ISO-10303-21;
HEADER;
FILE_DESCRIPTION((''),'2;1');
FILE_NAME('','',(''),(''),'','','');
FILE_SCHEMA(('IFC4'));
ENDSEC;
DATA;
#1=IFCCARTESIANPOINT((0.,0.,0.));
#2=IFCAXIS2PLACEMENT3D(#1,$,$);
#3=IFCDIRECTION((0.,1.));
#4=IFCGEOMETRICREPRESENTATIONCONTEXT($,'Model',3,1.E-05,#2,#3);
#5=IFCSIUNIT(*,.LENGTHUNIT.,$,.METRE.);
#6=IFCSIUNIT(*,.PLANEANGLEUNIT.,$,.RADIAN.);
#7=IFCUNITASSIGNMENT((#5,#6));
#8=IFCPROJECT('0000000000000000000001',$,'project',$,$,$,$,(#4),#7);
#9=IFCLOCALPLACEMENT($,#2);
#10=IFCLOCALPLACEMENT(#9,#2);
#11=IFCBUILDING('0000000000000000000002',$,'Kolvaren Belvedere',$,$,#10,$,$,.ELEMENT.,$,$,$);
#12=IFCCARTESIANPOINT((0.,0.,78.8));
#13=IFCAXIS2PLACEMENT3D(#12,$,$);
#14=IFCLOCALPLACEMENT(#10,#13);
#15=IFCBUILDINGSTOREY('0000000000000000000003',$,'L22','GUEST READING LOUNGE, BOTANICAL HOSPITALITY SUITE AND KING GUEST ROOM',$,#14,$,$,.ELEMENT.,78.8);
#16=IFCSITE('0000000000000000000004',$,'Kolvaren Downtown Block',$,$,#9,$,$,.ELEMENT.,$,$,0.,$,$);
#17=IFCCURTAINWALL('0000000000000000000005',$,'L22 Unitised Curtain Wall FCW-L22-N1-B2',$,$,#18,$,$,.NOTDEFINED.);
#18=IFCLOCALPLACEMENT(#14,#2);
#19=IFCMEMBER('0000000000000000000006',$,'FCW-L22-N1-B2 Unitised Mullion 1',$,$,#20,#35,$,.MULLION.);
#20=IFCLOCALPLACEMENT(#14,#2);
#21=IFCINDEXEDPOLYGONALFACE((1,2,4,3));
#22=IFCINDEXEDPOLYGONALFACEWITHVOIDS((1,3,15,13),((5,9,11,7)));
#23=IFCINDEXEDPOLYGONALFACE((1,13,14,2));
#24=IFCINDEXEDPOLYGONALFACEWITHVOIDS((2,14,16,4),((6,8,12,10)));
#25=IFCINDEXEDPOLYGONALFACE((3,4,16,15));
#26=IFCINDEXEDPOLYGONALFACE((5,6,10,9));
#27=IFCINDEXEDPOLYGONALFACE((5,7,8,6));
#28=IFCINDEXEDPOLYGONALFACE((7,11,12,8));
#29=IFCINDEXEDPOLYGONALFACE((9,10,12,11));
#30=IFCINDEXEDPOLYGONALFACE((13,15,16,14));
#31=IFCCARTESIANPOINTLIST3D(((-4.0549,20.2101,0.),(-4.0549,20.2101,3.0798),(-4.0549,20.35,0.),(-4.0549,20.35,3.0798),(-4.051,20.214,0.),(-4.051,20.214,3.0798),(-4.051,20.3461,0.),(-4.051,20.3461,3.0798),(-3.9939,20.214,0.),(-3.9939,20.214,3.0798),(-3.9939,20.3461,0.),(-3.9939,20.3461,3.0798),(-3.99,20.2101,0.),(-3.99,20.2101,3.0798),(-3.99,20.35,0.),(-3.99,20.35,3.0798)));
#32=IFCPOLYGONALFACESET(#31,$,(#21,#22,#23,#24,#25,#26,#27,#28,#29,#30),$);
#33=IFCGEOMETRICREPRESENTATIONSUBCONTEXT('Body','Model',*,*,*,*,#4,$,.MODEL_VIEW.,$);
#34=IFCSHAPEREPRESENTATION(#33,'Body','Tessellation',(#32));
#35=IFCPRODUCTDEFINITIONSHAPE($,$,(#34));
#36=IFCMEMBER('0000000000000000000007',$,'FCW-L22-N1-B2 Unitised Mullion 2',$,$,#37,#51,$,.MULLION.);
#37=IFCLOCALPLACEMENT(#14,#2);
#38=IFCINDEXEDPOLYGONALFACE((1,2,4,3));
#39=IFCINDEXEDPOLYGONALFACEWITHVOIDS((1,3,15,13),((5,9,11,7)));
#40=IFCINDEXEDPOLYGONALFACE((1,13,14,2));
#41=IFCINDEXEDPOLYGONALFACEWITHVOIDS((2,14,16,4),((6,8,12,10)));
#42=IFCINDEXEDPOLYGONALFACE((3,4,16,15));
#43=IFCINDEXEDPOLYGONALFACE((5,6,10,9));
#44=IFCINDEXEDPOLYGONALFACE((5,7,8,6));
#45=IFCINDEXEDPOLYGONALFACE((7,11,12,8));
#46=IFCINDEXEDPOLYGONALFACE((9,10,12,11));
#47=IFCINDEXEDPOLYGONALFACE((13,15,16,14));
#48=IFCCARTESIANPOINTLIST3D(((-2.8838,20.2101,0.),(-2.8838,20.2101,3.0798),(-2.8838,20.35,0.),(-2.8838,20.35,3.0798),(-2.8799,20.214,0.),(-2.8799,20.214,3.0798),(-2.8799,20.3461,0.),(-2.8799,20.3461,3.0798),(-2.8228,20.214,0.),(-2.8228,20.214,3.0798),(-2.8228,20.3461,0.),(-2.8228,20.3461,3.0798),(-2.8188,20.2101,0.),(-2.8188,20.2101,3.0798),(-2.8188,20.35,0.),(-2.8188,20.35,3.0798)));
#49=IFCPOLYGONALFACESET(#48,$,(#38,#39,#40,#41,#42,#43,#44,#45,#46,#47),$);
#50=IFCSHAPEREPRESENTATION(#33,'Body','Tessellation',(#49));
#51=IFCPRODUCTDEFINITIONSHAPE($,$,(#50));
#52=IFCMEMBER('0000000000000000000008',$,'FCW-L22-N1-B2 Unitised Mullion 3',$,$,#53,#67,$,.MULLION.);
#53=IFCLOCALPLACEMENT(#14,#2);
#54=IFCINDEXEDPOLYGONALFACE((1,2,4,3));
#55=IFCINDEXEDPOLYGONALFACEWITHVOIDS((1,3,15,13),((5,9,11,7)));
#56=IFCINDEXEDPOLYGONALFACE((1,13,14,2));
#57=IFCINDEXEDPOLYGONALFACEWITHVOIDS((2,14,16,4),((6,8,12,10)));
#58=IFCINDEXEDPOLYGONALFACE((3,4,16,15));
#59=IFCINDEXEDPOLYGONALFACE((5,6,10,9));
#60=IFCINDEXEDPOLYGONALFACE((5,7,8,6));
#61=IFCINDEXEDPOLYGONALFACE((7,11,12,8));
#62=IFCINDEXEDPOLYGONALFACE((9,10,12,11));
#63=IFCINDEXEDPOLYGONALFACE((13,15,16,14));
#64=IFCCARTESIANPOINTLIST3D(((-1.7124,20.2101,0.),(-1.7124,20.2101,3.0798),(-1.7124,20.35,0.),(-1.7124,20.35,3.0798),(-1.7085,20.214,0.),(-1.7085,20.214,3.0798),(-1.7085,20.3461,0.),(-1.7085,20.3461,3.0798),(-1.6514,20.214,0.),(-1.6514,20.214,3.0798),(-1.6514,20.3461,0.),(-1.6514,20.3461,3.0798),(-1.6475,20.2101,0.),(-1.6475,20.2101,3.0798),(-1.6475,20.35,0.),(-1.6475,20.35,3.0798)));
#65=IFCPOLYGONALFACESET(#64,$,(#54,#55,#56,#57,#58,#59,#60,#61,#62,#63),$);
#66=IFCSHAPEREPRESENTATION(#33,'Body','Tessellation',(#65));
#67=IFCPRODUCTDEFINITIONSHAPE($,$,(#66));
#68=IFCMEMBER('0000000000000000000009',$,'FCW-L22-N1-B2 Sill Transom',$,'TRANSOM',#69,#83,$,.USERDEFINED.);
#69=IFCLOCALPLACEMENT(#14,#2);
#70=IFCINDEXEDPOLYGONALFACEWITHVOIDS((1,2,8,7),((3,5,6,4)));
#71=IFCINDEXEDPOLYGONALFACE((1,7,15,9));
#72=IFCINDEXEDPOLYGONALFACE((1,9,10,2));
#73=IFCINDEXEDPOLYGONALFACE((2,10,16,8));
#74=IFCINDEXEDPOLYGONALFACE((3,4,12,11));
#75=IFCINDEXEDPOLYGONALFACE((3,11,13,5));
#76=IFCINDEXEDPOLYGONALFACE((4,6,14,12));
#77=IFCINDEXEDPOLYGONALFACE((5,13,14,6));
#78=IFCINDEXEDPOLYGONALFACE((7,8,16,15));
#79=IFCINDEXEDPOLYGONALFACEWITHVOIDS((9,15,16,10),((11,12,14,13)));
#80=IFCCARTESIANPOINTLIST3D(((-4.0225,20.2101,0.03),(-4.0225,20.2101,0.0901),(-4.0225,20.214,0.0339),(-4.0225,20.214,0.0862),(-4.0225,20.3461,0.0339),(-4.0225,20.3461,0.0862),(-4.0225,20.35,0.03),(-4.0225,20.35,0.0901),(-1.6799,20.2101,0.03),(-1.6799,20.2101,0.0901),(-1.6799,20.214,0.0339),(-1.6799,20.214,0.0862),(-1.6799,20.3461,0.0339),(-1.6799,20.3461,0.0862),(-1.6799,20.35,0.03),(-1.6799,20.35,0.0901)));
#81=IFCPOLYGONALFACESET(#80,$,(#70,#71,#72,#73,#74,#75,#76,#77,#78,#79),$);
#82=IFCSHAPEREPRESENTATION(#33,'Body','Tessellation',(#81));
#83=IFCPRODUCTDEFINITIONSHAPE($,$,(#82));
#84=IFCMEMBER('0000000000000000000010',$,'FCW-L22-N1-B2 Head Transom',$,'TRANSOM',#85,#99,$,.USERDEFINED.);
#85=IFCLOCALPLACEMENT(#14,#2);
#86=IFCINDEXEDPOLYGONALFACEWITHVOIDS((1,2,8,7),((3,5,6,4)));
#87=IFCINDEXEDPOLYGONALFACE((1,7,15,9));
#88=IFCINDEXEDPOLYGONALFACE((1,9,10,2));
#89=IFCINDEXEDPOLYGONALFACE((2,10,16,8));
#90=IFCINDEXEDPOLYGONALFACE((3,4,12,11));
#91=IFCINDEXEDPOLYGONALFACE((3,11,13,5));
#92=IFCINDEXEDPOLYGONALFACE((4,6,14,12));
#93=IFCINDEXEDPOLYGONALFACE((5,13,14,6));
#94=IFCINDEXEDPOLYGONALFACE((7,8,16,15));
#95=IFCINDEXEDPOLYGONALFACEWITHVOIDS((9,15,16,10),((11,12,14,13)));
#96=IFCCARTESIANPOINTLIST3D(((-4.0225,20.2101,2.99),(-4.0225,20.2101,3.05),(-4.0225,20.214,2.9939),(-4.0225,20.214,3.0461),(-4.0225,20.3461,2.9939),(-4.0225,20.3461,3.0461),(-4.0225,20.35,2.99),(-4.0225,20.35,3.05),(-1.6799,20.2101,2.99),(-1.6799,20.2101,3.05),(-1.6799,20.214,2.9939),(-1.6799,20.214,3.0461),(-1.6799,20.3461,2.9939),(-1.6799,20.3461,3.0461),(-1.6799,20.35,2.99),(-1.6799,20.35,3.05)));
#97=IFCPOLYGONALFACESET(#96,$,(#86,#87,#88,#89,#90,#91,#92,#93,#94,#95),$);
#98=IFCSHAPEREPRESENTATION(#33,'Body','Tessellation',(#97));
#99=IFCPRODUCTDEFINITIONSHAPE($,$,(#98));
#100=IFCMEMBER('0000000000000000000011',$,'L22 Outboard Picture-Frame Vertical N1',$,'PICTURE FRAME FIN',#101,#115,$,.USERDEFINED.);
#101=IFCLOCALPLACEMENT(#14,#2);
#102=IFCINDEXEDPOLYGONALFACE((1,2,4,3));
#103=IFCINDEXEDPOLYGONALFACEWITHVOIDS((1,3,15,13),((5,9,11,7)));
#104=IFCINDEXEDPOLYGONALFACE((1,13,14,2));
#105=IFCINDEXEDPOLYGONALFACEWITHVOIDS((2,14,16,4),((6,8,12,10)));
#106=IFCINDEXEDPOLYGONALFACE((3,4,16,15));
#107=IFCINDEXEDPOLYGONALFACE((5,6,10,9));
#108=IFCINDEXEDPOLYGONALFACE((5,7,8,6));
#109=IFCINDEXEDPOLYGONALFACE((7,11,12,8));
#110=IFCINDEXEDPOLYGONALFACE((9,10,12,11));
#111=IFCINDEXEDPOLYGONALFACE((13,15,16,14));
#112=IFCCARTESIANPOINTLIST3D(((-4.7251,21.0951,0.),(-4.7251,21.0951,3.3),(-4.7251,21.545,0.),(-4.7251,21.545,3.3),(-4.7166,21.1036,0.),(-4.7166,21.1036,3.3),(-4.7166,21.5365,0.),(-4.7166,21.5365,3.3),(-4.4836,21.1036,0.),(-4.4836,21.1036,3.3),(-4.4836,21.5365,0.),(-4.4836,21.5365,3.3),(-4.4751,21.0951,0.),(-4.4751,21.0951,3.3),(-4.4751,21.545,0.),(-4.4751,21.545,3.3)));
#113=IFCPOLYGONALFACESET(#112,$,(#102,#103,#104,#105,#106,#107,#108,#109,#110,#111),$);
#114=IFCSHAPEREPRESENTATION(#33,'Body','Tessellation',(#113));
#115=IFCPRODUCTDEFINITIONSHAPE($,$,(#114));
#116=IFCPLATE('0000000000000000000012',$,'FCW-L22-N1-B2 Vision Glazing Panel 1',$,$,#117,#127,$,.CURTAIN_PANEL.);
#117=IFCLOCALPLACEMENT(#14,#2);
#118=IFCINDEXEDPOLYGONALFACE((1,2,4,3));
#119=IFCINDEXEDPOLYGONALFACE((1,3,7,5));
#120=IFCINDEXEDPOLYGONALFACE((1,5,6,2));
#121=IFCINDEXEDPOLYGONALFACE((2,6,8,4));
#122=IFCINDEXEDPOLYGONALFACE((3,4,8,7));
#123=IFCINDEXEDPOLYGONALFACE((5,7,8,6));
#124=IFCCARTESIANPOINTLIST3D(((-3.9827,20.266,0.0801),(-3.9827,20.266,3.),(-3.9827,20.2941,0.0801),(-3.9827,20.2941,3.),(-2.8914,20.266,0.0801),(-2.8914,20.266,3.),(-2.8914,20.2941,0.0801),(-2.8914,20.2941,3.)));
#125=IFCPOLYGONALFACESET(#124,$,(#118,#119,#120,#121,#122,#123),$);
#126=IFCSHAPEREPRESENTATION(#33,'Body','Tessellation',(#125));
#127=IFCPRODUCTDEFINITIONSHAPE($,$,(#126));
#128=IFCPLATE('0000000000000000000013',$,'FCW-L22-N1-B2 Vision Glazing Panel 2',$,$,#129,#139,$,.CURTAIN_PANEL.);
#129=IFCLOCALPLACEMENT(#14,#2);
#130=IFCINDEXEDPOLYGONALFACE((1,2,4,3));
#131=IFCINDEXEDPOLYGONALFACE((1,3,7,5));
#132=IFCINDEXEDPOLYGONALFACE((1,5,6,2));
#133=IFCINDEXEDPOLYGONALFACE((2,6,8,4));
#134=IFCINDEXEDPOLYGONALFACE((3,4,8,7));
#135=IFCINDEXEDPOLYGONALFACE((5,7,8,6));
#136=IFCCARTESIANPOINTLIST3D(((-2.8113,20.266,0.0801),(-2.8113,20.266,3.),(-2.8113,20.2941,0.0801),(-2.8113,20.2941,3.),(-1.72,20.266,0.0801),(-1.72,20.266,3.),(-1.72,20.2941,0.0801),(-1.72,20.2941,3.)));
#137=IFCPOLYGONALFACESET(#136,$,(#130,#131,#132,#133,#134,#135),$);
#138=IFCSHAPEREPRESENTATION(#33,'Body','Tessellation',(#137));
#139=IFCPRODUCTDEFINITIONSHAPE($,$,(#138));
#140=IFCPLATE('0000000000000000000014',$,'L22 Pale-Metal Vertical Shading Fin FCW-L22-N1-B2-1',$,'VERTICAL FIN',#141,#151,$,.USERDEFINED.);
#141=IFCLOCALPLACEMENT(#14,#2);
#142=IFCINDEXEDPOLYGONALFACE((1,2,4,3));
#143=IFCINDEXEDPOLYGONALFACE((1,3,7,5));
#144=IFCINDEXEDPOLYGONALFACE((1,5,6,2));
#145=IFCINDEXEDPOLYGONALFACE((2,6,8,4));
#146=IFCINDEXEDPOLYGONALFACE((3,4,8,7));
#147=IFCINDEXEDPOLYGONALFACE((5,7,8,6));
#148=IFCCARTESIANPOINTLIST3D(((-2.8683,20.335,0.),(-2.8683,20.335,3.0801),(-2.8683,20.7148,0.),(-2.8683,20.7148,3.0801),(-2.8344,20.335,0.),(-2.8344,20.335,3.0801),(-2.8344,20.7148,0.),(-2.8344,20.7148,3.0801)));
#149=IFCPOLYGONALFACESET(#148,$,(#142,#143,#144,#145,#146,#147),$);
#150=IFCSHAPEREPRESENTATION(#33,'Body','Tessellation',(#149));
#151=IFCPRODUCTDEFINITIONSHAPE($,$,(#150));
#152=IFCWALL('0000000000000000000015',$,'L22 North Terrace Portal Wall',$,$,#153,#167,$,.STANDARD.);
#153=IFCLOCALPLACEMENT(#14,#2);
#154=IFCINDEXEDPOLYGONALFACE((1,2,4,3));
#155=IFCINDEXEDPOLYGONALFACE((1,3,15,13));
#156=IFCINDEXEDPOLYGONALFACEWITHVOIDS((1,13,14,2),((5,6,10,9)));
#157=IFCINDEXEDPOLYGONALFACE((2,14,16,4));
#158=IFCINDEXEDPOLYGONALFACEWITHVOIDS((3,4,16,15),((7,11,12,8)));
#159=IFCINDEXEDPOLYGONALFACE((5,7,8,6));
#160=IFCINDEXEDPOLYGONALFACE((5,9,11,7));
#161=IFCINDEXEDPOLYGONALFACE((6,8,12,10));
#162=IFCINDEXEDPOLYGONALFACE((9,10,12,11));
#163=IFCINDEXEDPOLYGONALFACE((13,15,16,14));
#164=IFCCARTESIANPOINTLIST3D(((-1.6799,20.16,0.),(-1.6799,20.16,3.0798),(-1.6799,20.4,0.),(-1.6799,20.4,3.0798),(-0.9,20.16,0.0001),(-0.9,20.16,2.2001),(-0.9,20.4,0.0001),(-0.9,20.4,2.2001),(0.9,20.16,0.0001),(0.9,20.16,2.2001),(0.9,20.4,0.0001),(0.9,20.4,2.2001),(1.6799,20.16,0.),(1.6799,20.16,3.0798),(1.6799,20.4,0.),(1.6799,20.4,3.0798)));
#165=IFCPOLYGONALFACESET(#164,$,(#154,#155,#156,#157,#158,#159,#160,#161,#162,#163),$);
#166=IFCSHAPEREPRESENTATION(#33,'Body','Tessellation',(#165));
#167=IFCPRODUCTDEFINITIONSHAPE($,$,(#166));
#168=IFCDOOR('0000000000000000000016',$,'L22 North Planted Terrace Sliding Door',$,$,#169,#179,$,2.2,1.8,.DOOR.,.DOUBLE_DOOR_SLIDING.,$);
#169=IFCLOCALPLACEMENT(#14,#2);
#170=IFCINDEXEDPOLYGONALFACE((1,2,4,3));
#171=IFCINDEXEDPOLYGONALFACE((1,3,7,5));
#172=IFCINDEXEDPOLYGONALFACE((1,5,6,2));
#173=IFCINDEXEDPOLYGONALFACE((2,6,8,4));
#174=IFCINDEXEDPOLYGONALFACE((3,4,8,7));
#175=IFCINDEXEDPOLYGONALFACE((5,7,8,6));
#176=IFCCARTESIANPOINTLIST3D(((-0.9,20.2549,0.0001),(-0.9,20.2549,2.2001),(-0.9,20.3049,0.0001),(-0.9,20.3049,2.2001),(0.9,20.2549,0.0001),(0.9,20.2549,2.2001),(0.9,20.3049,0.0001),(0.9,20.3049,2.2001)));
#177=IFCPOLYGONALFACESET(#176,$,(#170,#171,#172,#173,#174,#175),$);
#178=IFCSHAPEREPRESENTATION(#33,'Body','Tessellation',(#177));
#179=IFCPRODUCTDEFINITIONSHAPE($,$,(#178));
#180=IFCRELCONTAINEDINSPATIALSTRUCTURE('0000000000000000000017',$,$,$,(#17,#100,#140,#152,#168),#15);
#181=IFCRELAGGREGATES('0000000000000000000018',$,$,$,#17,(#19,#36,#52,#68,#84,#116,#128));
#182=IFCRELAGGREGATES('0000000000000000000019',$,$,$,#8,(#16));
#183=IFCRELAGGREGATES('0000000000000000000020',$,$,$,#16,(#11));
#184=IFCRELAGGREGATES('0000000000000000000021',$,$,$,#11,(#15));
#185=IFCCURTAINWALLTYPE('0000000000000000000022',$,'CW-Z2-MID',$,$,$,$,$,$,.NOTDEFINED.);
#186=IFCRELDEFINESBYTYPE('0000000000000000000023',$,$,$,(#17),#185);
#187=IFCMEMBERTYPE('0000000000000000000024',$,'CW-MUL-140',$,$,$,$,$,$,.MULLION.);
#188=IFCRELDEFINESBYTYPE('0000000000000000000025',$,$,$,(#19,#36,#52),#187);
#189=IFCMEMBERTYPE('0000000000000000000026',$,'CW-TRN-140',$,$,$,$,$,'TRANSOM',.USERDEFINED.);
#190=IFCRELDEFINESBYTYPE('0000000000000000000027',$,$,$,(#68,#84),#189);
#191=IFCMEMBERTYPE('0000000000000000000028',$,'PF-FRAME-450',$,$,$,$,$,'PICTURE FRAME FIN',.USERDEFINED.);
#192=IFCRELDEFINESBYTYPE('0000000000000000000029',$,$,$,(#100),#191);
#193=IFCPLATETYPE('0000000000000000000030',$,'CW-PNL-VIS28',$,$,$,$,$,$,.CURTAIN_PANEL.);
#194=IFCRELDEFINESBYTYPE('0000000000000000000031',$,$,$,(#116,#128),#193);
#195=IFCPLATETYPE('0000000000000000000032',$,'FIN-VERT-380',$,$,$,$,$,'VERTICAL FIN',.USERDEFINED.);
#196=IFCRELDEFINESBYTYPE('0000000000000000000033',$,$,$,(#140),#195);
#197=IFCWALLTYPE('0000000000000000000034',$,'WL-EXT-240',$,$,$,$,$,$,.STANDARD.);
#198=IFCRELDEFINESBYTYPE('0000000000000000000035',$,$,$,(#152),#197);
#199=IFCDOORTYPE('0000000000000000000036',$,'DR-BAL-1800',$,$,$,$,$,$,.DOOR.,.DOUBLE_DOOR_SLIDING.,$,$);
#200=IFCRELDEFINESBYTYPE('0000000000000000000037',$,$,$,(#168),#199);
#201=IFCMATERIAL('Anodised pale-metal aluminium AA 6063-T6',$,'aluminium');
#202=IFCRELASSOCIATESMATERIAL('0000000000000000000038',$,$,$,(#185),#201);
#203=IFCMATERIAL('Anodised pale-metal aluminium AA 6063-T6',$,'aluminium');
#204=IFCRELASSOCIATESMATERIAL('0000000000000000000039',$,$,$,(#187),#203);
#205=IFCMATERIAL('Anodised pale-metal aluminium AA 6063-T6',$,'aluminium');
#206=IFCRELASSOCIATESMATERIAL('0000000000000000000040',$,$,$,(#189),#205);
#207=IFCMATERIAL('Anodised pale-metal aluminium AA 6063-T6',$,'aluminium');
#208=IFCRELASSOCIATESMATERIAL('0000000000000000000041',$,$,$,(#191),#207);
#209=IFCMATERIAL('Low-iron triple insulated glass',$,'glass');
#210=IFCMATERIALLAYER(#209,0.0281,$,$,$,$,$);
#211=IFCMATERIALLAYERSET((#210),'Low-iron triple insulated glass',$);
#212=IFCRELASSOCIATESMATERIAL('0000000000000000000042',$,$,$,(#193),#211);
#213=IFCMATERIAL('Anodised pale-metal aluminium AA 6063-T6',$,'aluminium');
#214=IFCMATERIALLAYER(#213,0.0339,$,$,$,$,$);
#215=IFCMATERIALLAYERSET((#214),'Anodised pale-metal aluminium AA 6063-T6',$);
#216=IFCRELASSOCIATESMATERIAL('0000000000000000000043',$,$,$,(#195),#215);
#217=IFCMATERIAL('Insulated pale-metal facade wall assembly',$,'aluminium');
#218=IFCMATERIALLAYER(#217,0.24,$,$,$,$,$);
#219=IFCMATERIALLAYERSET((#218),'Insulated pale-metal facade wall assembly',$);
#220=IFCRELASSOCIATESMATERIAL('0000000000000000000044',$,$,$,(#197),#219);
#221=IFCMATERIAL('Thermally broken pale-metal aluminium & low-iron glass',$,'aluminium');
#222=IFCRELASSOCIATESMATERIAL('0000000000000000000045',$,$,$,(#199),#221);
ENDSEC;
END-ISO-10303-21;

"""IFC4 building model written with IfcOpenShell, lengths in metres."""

from ifc_helpers import new_model, si_unit, direction, frame, frame_2d, origin, origin_2d, place, context, subcontext, project, spatial, rectangle, hollow_rectangle, extrude, material, layer, layer_set, material_profile, profile_set, type_object, element, fill, aggregate, save


model = new_model("IFC4")

# Units and contexts
model_context = context("Model", 3, precision=1e-05, world=origin(), true_north=direction((0.0, 1.0)))
body_context = subcontext(model_context, "Body", "Model", "MODEL_VIEW")
ifc_project = project(units=[si_unit("LENGTHUNIT", "METRE"), si_unit("PLANEANGLEUNIT", "RADIAN")], contexts=[model_context])

# Site, building, storey
site_placement = place(None, origin())
site = spatial("IfcSite", under=ifc_project, at=site_placement, Name="Kolvaren Downtown Block", CompositionType="ELEMENT", RefElevation=0.0)
building_placement = place(site_placement, origin())
building = spatial("IfcBuilding", under=site, at=building_placement, Name="Kolvaren Belvedere", CompositionType="ELEMENT")
storey_placement = place(building_placement, frame((0.0, 0.0, 78.8)))
storey = spatial("IfcBuildingStorey", under=building, at=storey_placement, Name="L22", Description="GUEST READING LOUNGE, BOTANICAL HOSPITALITY SUITE AND KING GUEST ROOM", CompositionType="ELEMENT", Elevation=78.8)

# Shared definitions
ifc_material_1 = material(Name="Anodised pale-metal aluminium AA 6063-T6", Category="aluminium")
curtain_wall_type = type_object("IfcCurtainWallType", Name="CW-Z2-MID", PredefinedType="NOTDEFINED", material=ifc_material_1)
ifc_material_2 = material(Name="Anodised pale-metal aluminium AA 6063-T6", Category="aluminium")
ifc_material_profile_1 = material_profile(ifc_material_2, hollow_rectangle(XDim=0.0649, YDim=0.1399, WallThickness=0.0039, at=origin_2d()), Name="ALU-MUL-140X65")
ifc_profile_set_1 = profile_set([ifc_material_profile_1], Name="Anodised pale-metal aluminium AA 6063-T6")
member_type_1 = type_object("IfcMemberType", Name="CW-MUL-140", PredefinedType="MULLION", material=ifc_profile_set_1)

# Curtain wall, members
curtain_wall_1_placement = place(storey_placement, origin())
curtain_wall_1 = element("IfcCurtainWall", 1, at=curtain_wall_1_placement, inside=storey, type_object=curtain_wall_type, Name="L22 Unitised Curtain Wall FCW-L22-N1-B2", PredefinedType="NOTDEFINED")
member_1_placement = place(storey_placement, frame((-4.0225, 20.28, 0.0), z_axis=(0.0, 0.0, 1.0), x_axis=(1.0, 0.0, 0.0)))
member_1 = element("IfcMember", 2, at=member_1_placement, type_object=member_type_1, Name="FCW-L22-N1-B2 Unitised Mullion 1", PredefinedType="MULLION", context=body_context, shape_type="SweptSolid", body=[
    extrude(hollow_rectangle(XDim=0.0649, YDim=0.1399, WallThickness=0.0039, at=origin_2d()), origin(), (0.0, 0.0, 1.0), 3.0798),
])
member_2_placement = place(storey_placement, frame((-2.8513, 20.28, 0.0), z_axis=(0.0, 0.0, 1.0), x_axis=(1.0, 0.0, 0.0)))
member_2 = element("IfcMember", 3, at=member_2_placement, type_object=member_type_1, Name="FCW-L22-N1-B2 Unitised Mullion 2", PredefinedType="MULLION", context=body_context, shape_type="SweptSolid", body=[
    extrude(hollow_rectangle(XDim=0.0649, YDim=0.1399, WallThickness=0.0039, at=origin_2d()), origin(), (0.0, 0.0, 1.0), 3.0798),
])
member_3_placement = place(storey_placement, frame((-1.6799, 20.28, 0.0), z_axis=(0.0, 0.0, 1.0), x_axis=(1.0, 0.0, 0.0)))
member_3 = element("IfcMember", 4, at=member_3_placement, type_object=member_type_1, Name="FCW-L22-N1-B2 Unitised Mullion 3", PredefinedType="MULLION", context=body_context, shape_type="SweptSolid", body=[
    extrude(hollow_rectangle(XDim=0.0649, YDim=0.1399, WallThickness=0.0039, at=origin_2d()), origin(), (0.0, 0.0, 1.0), 3.0798),
])
ifc_material_3 = material(Name="Anodised pale-metal aluminium AA 6063-T6", Category="aluminium")
ifc_material_profile_2 = material_profile(ifc_material_3, hollow_rectangle(XDim=0.0601, YDim=0.1399, WallThickness=0.0039, at=origin_2d()), Name="ALU-TRN-140X60")
ifc_profile_set_2 = profile_set([ifc_material_profile_2], Name="Anodised pale-metal aluminium AA 6063-T6")
member_type_2 = type_object("IfcMemberType", Name="CW-TRN-140", ElementType="TRANSOM", PredefinedType="USERDEFINED", material=ifc_profile_set_2)
member_4_placement = place(storey_placement, frame((-4.0225, 20.28, 0.0601), z_axis=(1.0, 0.0, 0.0), x_axis=(0.0, 0.0, 1.0)))
member_4 = element("IfcMember", 5, at=member_4_placement, type_object=member_type_2, Name="FCW-L22-N1-B2 Sill Transom", ObjectType="TRANSOM", PredefinedType="USERDEFINED", context=body_context, shape_type="SweptSolid", body=[
    extrude(hollow_rectangle(XDim=0.0601, YDim=0.1399, WallThickness=0.0039, at=origin_2d()), origin(), (0.0, 0.0, 1.0), 2.3425),
])
member_5_placement = place(storey_placement, frame((-4.0225, 20.28, 3.02), z_axis=(1.0, 0.0, 0.0), x_axis=(0.0, 0.0, 1.0)))
member_5 = element("IfcMember", 6, at=member_5_placement, type_object=member_type_2, Name="FCW-L22-N1-B2 Head Transom", ObjectType="TRANSOM", PredefinedType="USERDEFINED", context=body_context, shape_type="SweptSolid", body=[
    extrude(hollow_rectangle(XDim=0.0601, YDim=0.1399, WallThickness=0.0039, at=origin_2d()), origin(), (0.0, 0.0, 1.0), 2.3425),
])

# Member
ifc_material_4 = material(Name="Anodised pale-metal aluminium AA 6063-T6", Category="aluminium")
ifc_material_profile_3 = material_profile(ifc_material_4, hollow_rectangle(XDim=0.25, YDim=0.45, WallThickness=0.0085, at=origin_2d()), Name="ALU-PF-450X250")
ifc_profile_set_3 = profile_set([ifc_material_profile_3], Name="Anodised pale-metal aluminium AA 6063-T6")
member_type_3 = type_object("IfcMemberType", Name="PF-FRAME-450", ElementType="PICTURE FRAME FIN", PredefinedType="USERDEFINED", material=ifc_profile_set_3)
member_6_placement = place(storey_placement, frame((-4.6001, 21.3201, 0.0), z_axis=(0.0, 0.0, 1.0), x_axis=(1.0, 0.0, 0.0)))
element("IfcMember", 7, at=member_6_placement, inside=storey, type_object=member_type_3, Name="L22 Outboard Picture-Frame Vertical N1", ObjectType="PICTURE FRAME FIN", PredefinedType="USERDEFINED", context=body_context, shape_type="SweptSolid", body=[
    extrude(hollow_rectangle(XDim=0.25, YDim=0.45, WallThickness=0.0085, at=origin_2d()), origin(), (0.0, 0.0, 1.0), 3.3),
])

# Plates
ifc_material_5 = material(Name="Low-iron triple insulated glass", Category="glass")
ifc_layer_1 = layer(ifc_material_5, 0.0281)
ifc_layer_set_1 = layer_set([ifc_layer_1], Name="Low-iron triple insulated glass")
plate_type_1 = type_object("IfcPlateType", Name="CW-PNL-VIS28", PredefinedType="CURTAIN_PANEL", material=ifc_layer_set_1)
plate_1_placement = place(storey_placement, frame((-3.437, 20.28, 0.0801), z_axis=(0.0, 0.0, 1.0), x_axis=(1.0, 0.0, 0.0)))
plate_1 = element("IfcPlate", 8, at=plate_1_placement, type_object=plate_type_1, Name="FCW-L22-N1-B2 Vision Glazing Panel 1", PredefinedType="CURTAIN_PANEL", context=body_context, shape_type="SweptSolid", body=[
    extrude(rectangle(XDim=1.0913, YDim=0.0281, at=origin_2d()), origin(), (0.0, 0.0, 1.0), 2.9199),
])
plate_2_placement = place(storey_placement, frame((-2.2656, 20.28, 0.0801), z_axis=(0.0, 0.0, 1.0), x_axis=(1.0, 0.0, 0.0)))
plate_2 = element("IfcPlate", 9, at=plate_2_placement, type_object=plate_type_1, Name="FCW-L22-N1-B2 Vision Glazing Panel 2", PredefinedType="CURTAIN_PANEL", context=body_context, shape_type="SweptSolid", body=[
    extrude(rectangle(XDim=1.0913, YDim=0.0281, at=origin_2d()), origin(), (0.0, 0.0, 1.0), 2.9199),
])
aggregate(curtain_wall_1, [member_1, member_2, member_3, member_4, member_5, plate_1, plate_2])
ifc_material_6 = material(Name="Anodised pale-metal aluminium AA 6063-T6", Category="aluminium")
ifc_layer_2 = layer(ifc_material_6, 0.0339)
ifc_layer_set_2 = layer_set([ifc_layer_2], Name="Anodised pale-metal aluminium AA 6063-T6")
plate_type_2 = type_object("IfcPlateType", Name="FIN-VERT-380", ElementType="VERTICAL FIN", PredefinedType="USERDEFINED", material=ifc_layer_set_2)
plate_3_placement = place(storey_placement, frame((-2.8513, 20.5249, 0.0), z_axis=(0.0, 0.0, 1.0), x_axis=(0.0, 1.0, 0.0)))
element("IfcPlate", 10, at=plate_3_placement, inside=storey, type_object=plate_type_2, Name="L22 Pale-Metal Vertical Shading Fin FCW-L22-N1-B2-1", ObjectType="VERTICAL FIN", PredefinedType="USERDEFINED", context=body_context, shape_type="SweptSolid", body=[
    extrude(rectangle(XDim=0.3799, YDim=0.0339, at=origin_2d()), origin(), (0.0, 0.0, 1.0), 3.0801),
])

# Wall, opening, door
ifc_material_7 = material(Name="Insulated pale-metal facade wall assembly", Category="aluminium")
ifc_layer_3 = layer(ifc_material_7, 0.24)
ifc_layer_set_3 = layer_set([ifc_layer_3], Name="Insulated pale-metal facade wall assembly")
wall_type_1 = type_object("IfcWallType", Name="WL-EXT-240", PredefinedType="STANDARD", material=ifc_layer_set_3)
wall_1_placement = place(storey_placement, frame((-1.6799, 20.28, 0.0), z_axis=(0.0, 0.0, 1.0), x_axis=(1.0, 0.0, 0.0)))
wall_1 = element("IfcWall", 11, at=wall_1_placement, inside=storey, type_object=wall_type_1, Name="L22 North Terrace Portal Wall", PredefinedType="STANDARD", context=body_context, shape_type="SweptSolid", body=[
    extrude(rectangle(XDim=3.3599, YDim=0.24, at=frame_2d((1.6799, 0.0))), origin(), (0.0, 0.0, 1.0), 3.0798),
])
opening_placement = place(wall_1_placement, frame((0.78, 0.0, 0.0)))
opening = element("IfcOpeningElement", 12, at=opening_placement, cuts=wall_1, PredefinedType="OPENING", context=body_context, shape_type="SweptSolid", body=[
    extrude(rectangle(XDim=1.8, YDim=2.2, at=frame_2d((0.8999, 1.1001))), frame((0.0, 0.1299, 0.0), z_axis=(0.0, -1.0, 0.0), x_axis=(1.0, 0.0, 0.0)), (0.0, 0.0, 1.0), 0.26),
])
ifc_material_8 = material(Name="Thermally broken pale-metal aluminium & low-iron glass", Category="aluminium")
door_type = type_object("IfcDoorType", Name="DR-BAL-1800", OperationType="DOUBLE_DOOR_SLIDING", PredefinedType="DOOR", material=ifc_material_8)
door_placement = place(opening_placement, origin())
door = element("IfcDoor", 13, at=door_placement, inside=storey, type_object=door_type, Name="L22 North Planted Terrace Sliding Door", OperationType="DOUBLE_DOOR_SLIDING", OverallHeight=2.2, OverallWidth=1.8, PredefinedType="DOOR", context=body_context, shape_type="SweptSolid", body=[
    extrude(rectangle(XDim=1.8, YDim=2.2, at=frame_2d((0.8999, 1.1001))), frame((0.0, 0.0249, 0.0), z_axis=(0.0, -1.0, 0.0), x_axis=(1.0, 0.0, 0.0)), (0.0, 0.0, 1.0), 0.05),
])
fill(opening, door)

save(model, "model.ifc")
